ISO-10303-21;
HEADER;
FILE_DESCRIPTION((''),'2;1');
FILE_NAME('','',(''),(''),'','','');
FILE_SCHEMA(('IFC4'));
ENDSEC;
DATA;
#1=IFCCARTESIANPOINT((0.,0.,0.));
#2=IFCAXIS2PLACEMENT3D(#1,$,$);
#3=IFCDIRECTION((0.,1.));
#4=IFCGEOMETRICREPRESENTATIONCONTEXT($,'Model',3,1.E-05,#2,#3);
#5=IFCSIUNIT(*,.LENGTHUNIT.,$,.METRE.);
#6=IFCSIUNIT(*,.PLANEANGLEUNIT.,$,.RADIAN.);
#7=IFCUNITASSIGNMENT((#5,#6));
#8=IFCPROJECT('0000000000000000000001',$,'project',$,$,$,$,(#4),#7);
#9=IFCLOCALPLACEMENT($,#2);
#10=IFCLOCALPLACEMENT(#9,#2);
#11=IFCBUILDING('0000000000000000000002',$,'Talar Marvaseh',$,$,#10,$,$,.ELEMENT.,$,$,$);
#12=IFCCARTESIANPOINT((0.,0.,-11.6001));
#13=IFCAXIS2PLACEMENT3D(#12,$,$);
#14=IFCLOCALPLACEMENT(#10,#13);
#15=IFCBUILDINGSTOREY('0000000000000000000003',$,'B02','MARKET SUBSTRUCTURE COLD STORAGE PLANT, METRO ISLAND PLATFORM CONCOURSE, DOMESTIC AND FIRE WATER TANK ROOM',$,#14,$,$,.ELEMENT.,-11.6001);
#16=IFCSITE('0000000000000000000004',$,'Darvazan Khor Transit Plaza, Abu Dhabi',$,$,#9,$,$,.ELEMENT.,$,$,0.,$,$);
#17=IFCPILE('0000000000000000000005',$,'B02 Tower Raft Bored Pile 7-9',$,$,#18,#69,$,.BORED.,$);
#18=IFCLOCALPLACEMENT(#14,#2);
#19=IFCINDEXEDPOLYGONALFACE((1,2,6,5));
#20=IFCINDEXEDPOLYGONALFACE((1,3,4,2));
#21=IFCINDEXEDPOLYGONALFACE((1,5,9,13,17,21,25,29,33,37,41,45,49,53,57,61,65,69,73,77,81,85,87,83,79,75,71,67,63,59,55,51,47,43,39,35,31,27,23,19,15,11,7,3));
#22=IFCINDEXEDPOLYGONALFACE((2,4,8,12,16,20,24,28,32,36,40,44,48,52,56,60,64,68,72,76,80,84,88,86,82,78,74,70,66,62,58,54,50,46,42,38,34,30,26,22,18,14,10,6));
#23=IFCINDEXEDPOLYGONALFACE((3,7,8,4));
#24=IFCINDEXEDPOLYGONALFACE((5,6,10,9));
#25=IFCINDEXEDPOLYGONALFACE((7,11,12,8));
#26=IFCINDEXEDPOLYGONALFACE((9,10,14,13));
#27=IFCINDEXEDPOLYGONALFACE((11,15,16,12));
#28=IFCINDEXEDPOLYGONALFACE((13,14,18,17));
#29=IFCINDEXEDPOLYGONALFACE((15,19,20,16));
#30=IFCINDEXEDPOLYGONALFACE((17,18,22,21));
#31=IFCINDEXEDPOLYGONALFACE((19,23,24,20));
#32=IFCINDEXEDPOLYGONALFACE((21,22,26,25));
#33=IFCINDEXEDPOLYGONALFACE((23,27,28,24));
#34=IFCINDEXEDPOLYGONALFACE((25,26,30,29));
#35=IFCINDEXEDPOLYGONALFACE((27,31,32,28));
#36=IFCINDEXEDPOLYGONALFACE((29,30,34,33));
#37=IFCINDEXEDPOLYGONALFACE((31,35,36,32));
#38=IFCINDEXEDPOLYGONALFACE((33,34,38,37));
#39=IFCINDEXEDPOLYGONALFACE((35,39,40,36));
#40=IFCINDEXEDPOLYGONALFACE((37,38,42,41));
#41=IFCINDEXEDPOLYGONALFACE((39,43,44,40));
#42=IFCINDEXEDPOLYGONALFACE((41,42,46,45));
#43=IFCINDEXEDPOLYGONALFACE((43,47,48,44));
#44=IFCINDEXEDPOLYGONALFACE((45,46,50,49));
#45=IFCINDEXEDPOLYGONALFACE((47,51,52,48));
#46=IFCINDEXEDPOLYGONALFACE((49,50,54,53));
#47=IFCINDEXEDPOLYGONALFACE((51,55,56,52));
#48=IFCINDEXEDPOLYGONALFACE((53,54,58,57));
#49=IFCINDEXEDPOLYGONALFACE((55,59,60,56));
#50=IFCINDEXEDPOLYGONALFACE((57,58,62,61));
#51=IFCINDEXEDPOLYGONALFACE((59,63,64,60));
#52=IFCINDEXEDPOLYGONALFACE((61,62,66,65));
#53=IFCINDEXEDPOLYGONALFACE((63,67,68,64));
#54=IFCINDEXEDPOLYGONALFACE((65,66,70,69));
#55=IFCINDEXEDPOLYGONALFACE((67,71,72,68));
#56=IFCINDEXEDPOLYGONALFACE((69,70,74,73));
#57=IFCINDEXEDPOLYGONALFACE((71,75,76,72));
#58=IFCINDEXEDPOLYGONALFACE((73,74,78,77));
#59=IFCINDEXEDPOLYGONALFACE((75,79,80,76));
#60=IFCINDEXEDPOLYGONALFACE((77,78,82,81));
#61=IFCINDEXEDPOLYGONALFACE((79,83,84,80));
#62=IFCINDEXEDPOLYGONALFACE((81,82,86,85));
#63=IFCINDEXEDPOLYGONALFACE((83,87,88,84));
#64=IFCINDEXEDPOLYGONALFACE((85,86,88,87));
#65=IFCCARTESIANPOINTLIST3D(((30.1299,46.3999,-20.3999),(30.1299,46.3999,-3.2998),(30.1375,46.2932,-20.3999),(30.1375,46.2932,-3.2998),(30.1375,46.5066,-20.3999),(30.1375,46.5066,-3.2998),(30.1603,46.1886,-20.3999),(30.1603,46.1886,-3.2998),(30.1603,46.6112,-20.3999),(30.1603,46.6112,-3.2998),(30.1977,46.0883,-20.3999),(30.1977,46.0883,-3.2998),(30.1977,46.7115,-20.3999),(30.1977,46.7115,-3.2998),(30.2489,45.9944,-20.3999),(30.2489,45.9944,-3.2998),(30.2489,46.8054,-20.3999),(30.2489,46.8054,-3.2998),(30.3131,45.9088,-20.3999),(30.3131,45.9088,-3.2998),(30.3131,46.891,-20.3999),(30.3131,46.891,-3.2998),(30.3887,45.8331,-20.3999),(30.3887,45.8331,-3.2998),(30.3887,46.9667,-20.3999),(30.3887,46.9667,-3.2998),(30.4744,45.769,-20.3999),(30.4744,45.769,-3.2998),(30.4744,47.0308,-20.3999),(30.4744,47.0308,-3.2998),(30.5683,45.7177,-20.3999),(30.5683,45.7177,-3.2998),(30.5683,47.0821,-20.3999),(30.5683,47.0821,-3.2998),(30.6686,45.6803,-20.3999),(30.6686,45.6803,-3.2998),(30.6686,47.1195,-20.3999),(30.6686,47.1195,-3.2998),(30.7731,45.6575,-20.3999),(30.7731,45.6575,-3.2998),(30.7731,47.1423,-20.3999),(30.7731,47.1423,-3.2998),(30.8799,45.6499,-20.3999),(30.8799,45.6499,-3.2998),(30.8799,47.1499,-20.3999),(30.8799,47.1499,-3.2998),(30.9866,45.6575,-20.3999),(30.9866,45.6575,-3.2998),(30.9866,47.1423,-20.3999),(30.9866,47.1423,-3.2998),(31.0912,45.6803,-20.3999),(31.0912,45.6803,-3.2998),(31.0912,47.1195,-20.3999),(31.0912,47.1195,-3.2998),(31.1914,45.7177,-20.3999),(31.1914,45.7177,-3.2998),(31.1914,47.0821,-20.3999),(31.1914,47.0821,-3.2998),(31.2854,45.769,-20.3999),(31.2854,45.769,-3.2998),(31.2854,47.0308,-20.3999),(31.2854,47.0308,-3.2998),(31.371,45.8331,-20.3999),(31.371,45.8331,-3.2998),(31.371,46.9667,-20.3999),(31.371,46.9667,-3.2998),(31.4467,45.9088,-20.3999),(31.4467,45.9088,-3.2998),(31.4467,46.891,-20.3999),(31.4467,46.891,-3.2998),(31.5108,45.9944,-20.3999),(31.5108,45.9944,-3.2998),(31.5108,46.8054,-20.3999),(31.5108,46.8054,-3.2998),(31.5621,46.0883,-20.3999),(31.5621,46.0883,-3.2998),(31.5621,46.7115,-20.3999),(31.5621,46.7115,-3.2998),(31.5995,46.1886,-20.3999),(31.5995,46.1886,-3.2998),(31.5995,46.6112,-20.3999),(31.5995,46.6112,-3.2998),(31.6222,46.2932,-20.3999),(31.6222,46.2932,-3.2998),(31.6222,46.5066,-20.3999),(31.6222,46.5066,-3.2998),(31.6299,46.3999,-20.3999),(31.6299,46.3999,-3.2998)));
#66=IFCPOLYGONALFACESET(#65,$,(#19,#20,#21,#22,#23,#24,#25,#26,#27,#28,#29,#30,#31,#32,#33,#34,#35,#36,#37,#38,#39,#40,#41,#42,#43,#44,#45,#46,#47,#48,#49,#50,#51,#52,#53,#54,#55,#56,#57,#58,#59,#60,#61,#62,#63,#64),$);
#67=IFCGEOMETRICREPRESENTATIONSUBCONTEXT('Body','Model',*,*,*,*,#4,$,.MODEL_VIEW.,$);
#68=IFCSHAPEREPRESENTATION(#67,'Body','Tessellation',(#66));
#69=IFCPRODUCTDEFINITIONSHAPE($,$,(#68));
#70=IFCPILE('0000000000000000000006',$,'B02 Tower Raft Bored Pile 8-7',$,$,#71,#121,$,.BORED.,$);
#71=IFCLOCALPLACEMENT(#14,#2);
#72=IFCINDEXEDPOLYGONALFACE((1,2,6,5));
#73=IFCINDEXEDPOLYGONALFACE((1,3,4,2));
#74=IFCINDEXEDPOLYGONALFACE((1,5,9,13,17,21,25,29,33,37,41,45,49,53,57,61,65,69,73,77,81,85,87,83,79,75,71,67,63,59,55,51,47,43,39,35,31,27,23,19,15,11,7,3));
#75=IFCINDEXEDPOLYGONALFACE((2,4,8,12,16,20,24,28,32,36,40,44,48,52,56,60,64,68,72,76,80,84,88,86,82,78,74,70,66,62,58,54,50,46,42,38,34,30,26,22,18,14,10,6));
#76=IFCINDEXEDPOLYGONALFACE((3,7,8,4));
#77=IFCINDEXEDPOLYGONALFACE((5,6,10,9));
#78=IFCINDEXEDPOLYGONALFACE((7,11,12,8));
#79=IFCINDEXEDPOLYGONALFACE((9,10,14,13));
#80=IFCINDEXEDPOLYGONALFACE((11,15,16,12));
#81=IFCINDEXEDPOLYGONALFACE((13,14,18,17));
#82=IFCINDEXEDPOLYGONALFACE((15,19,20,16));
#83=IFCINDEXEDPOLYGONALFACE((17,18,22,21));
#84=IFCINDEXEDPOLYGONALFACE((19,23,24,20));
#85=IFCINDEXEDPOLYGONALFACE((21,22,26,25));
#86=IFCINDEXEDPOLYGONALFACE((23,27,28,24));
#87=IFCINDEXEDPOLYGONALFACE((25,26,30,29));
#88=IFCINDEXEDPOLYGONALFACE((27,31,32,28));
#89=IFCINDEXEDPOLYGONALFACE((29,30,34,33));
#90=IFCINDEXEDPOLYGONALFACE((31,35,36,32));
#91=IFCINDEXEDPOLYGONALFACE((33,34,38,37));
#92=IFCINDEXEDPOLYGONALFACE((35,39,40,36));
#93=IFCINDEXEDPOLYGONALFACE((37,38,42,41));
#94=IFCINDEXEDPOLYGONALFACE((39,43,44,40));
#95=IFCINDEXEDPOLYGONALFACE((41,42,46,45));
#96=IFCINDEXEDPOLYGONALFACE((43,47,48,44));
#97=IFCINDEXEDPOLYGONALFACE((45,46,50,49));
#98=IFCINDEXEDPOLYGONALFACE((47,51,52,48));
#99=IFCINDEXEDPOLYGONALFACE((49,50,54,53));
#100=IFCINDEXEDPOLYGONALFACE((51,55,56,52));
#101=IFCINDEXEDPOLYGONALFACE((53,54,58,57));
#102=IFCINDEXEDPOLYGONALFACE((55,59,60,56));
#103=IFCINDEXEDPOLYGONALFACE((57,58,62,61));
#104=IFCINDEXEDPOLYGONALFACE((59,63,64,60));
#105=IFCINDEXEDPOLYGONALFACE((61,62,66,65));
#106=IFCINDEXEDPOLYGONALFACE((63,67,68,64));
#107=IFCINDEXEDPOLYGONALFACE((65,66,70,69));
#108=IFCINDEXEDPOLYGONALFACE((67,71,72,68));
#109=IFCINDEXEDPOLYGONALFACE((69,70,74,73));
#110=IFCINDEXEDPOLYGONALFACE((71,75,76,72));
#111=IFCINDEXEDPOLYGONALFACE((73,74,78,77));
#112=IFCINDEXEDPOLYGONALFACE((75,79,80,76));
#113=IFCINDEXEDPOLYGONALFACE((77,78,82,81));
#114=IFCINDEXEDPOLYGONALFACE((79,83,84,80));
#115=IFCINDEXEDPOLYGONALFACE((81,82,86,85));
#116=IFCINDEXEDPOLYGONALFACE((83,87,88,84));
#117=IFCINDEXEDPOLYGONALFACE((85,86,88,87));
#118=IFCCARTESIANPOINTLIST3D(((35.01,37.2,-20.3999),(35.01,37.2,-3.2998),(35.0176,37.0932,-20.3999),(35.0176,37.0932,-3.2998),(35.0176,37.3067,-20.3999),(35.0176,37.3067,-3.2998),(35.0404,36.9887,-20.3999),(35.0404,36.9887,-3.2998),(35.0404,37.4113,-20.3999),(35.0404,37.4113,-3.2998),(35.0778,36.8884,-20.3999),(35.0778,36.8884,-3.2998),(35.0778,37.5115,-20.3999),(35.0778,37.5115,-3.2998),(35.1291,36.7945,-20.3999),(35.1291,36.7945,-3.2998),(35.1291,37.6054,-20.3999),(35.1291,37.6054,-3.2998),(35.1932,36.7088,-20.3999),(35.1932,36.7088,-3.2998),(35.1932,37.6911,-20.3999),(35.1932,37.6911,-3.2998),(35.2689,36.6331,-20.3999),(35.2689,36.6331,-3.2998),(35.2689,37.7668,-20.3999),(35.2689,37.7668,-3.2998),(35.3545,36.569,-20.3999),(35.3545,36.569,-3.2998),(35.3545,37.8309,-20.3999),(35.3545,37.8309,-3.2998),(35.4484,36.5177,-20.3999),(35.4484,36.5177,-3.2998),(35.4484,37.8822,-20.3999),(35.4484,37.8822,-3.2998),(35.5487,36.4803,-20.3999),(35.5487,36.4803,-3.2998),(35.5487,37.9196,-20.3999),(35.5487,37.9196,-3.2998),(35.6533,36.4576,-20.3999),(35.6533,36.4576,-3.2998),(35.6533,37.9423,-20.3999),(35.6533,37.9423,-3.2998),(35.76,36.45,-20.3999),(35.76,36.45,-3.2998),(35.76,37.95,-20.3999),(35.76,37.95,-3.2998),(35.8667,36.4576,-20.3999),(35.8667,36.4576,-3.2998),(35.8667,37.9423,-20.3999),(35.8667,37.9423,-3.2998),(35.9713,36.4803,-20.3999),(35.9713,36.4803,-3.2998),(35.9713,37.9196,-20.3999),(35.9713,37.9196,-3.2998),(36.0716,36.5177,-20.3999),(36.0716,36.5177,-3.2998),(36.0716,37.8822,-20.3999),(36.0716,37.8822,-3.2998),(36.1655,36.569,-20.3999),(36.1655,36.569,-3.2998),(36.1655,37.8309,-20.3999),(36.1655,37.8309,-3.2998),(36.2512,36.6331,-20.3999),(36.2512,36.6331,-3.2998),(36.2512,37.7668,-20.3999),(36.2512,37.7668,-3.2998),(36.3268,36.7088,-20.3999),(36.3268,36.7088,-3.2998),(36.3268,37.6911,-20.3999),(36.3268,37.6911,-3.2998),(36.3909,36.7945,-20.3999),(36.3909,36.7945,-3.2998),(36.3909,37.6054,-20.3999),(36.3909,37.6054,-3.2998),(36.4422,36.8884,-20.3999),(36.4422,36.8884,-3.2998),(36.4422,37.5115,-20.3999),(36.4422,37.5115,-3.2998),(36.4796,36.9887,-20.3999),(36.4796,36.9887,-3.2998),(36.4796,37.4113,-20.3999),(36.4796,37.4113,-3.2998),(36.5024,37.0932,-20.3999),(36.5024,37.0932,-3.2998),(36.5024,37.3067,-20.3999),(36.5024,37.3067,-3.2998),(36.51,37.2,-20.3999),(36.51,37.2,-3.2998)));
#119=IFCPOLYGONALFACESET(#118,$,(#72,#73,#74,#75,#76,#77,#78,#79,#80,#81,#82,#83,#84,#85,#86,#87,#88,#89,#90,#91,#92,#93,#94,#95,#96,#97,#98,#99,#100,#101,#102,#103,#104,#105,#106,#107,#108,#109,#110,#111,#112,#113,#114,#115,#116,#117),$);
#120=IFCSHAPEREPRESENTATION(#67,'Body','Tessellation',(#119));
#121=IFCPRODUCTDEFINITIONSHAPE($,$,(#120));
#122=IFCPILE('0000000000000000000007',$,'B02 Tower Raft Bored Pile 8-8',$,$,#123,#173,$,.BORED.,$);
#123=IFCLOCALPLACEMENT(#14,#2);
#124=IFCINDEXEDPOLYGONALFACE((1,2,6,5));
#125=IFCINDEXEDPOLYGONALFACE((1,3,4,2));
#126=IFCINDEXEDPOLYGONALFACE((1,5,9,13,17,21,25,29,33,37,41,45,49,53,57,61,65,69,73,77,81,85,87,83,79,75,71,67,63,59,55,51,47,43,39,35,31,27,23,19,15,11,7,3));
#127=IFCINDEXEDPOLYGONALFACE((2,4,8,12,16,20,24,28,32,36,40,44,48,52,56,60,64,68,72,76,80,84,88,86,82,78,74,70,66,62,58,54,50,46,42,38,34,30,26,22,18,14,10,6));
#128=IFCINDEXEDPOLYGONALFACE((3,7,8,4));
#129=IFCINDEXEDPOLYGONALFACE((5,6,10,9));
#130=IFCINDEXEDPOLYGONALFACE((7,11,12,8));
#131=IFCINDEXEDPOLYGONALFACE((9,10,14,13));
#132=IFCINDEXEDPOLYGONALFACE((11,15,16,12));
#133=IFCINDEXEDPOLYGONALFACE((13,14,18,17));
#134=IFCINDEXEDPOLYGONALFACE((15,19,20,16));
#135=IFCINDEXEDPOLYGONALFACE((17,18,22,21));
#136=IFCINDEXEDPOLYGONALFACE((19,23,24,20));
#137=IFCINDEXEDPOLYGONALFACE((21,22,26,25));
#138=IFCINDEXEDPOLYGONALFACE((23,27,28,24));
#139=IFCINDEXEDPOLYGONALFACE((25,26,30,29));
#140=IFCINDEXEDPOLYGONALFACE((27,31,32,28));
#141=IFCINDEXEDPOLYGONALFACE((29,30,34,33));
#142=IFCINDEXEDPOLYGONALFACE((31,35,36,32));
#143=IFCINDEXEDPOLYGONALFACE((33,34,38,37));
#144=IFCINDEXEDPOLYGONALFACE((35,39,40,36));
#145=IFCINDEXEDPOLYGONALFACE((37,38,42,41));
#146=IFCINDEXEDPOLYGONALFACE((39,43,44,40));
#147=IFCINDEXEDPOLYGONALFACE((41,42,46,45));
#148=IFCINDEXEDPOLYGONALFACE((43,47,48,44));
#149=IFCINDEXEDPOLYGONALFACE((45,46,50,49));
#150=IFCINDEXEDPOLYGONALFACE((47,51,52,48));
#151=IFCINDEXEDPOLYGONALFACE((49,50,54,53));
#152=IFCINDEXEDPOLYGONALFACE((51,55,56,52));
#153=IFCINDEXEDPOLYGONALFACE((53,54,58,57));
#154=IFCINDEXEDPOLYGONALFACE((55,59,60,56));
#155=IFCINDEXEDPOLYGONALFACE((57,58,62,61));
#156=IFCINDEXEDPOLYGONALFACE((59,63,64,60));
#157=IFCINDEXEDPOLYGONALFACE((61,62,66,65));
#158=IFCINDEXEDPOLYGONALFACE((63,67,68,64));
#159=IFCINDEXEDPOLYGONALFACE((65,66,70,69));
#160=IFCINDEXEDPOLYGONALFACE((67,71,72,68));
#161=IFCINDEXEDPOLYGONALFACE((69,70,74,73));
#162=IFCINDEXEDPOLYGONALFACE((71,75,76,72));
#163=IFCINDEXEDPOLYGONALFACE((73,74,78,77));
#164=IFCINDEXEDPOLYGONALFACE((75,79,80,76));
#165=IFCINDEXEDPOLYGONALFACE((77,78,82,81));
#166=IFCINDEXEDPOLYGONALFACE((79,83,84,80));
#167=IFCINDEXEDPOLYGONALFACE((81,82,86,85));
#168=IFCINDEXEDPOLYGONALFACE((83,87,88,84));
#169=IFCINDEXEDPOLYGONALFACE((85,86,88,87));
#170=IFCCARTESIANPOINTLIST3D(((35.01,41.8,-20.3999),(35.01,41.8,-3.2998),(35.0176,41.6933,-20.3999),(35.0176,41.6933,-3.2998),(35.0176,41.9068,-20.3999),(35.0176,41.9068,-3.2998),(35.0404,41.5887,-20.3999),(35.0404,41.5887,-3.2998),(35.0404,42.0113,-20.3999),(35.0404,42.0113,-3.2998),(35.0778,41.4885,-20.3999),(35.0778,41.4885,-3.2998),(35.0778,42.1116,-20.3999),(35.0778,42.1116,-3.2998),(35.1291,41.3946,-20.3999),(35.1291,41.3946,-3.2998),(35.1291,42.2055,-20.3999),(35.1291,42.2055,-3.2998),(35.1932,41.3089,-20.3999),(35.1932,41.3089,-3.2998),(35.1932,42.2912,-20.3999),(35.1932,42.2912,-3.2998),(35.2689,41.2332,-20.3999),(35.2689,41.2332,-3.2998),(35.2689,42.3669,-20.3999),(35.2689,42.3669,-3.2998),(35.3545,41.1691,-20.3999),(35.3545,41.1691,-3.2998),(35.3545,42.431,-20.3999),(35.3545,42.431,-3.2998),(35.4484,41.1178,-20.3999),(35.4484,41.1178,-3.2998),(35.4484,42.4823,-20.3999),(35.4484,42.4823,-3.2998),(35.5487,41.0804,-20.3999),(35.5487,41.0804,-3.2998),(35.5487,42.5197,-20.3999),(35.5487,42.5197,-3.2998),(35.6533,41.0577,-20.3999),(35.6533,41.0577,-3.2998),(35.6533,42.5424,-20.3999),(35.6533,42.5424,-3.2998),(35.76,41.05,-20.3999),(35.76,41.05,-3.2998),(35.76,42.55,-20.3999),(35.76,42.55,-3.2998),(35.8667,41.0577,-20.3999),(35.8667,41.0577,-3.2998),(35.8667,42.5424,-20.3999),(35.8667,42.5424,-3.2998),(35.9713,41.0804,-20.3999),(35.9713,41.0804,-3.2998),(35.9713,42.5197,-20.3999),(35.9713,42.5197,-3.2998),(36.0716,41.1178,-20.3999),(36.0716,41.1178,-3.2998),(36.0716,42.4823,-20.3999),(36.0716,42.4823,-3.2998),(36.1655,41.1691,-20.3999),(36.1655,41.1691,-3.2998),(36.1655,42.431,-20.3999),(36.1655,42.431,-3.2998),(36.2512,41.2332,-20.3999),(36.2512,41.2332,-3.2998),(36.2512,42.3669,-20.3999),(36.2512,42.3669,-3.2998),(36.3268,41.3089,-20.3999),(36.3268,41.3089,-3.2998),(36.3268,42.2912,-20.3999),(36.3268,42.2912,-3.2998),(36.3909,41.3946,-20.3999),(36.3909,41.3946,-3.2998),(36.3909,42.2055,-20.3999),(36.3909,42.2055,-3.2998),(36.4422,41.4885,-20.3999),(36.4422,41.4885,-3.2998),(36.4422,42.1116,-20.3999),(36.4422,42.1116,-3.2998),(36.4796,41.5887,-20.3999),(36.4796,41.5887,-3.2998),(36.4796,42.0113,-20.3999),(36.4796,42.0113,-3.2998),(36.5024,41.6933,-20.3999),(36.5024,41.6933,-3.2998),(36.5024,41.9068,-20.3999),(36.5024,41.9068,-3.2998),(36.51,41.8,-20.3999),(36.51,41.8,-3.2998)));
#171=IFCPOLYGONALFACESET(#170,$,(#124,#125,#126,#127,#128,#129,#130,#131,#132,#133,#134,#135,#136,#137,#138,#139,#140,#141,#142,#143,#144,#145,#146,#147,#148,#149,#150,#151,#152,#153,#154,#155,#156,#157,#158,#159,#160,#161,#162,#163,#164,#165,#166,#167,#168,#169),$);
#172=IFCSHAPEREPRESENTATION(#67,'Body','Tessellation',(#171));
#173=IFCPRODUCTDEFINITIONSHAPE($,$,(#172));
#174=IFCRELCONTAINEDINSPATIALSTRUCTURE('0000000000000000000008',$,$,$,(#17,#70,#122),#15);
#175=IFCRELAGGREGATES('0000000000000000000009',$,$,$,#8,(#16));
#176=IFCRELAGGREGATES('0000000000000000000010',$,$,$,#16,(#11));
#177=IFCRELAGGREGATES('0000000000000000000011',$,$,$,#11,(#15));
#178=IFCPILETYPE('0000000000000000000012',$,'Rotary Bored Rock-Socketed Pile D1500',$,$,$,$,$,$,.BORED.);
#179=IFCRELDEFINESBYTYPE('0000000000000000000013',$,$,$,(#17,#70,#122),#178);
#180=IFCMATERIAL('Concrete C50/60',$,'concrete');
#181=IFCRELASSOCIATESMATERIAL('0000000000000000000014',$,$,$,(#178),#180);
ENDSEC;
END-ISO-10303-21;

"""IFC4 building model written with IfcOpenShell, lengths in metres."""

from ifc_helpers import new_model, si_unit, direction, frame, origin, origin_2d, place, context, subcontext, project, spatial, circle, extrude, source, transform, mapped, material, material_profile, profile_set, type_object, type_shapes, element, save


model = new_model("IFC4")

# Units and contexts
model_context = context("Model", 3, precision=1e-05, world=origin(), true_north=direction((0.0, 1.0)))
body_context = subcontext(model_context, "Body", "Model", "MODEL_VIEW")
ifc_project = project(units=[si_unit("LENGTHUNIT", "METRE"), si_unit("PLANEANGLEUNIT", "RADIAN")], contexts=[model_context])

# Site, building, storey
site_placement = place(None, origin())
site = spatial("IfcSite", under=ifc_project, at=site_placement, Name="Darvazan Khor Transit Plaza, Abu Dhabi", CompositionType="ELEMENT", RefElevation=0.0)
building_placement = place(site_placement, origin())
building = spatial("IfcBuilding", under=site, at=building_placement, Name="Talar Marvaseh", CompositionType="ELEMENT")
storey_placement = place(building_placement, frame((0.0, 0.0, -11.6001)))
storey = spatial("IfcBuildingStorey", under=building, at=storey_placement, Name="B02", Description="MARKET SUBSTRUCTURE COLD STORAGE PLANT, METRO ISLAND PLATFORM CONCOURSE, DOMESTIC AND FIRE WATER TANK ROOM", CompositionType="ELEMENT", Elevation=-11.6001)

# Piles
ifc_material_1 = material(Name="Concrete C50/60", Category="concrete")
ifc_material_profile_1 = material_profile(ifc_material_1, circle(Radius=0.75, at=origin_2d()), Name="PILE-D1500")
ifc_profile_set_1 = profile_set([ifc_material_profile_1], Name="Concrete C50/60")
pile_type_1 = type_object("IfcPileType", Name="Rotary Bored Rock-Socketed Pile D1500", PredefinedType="BORED", material=ifc_profile_set_1)
shared_shape_1 = source(origin(), body_context, "Body", "SweptSolid", [
    extrude(circle(Radius=0.75, at=origin_2d()), origin(), (0.0, 0.0, 1.0), 17.1001),
])
type_shapes(pile_type_1, [shared_shape_1])
for number, where, z_axis, x_axis, name in (
    (1, (30.8799, 46.3999, -3.2998), (0.0, 0.0, -1.0), (1.0, 0.0, 0.0), "B02 Tower Raft Bored Pile 7-9"),
    (2, (35.76, 37.2, -3.2998), (0.0, 0.0, -1.0), (1.0, 0.0, 0.0), "B02 Tower Raft Bored Pile 8-7"),
    (3, (35.76, 41.8, -3.2998), (0.0, 0.0, -1.0), (1.0, 0.0, 0.0), "B02 Tower Raft Bored Pile 8-8"),
):
    element("IfcPile", number, at=place(storey_placement, frame(where, z_axis=z_axis, x_axis=x_axis)), inside=storey, type_object=pile_type_1, Name=name, PredefinedType="BORED", context=body_context, shape_type="MappedRepresentation", body=[
        mapped(shared_shape_1, transform((0.0, 0.0, 0.0), x_axis=(1.0, 0.0, 0.0), y_axis=(0.0, 1.0, 0.0), z_axis=(0.0, 0.0, 1.0), scale=1.0)),
    ])

save(model, "model.ifc")
